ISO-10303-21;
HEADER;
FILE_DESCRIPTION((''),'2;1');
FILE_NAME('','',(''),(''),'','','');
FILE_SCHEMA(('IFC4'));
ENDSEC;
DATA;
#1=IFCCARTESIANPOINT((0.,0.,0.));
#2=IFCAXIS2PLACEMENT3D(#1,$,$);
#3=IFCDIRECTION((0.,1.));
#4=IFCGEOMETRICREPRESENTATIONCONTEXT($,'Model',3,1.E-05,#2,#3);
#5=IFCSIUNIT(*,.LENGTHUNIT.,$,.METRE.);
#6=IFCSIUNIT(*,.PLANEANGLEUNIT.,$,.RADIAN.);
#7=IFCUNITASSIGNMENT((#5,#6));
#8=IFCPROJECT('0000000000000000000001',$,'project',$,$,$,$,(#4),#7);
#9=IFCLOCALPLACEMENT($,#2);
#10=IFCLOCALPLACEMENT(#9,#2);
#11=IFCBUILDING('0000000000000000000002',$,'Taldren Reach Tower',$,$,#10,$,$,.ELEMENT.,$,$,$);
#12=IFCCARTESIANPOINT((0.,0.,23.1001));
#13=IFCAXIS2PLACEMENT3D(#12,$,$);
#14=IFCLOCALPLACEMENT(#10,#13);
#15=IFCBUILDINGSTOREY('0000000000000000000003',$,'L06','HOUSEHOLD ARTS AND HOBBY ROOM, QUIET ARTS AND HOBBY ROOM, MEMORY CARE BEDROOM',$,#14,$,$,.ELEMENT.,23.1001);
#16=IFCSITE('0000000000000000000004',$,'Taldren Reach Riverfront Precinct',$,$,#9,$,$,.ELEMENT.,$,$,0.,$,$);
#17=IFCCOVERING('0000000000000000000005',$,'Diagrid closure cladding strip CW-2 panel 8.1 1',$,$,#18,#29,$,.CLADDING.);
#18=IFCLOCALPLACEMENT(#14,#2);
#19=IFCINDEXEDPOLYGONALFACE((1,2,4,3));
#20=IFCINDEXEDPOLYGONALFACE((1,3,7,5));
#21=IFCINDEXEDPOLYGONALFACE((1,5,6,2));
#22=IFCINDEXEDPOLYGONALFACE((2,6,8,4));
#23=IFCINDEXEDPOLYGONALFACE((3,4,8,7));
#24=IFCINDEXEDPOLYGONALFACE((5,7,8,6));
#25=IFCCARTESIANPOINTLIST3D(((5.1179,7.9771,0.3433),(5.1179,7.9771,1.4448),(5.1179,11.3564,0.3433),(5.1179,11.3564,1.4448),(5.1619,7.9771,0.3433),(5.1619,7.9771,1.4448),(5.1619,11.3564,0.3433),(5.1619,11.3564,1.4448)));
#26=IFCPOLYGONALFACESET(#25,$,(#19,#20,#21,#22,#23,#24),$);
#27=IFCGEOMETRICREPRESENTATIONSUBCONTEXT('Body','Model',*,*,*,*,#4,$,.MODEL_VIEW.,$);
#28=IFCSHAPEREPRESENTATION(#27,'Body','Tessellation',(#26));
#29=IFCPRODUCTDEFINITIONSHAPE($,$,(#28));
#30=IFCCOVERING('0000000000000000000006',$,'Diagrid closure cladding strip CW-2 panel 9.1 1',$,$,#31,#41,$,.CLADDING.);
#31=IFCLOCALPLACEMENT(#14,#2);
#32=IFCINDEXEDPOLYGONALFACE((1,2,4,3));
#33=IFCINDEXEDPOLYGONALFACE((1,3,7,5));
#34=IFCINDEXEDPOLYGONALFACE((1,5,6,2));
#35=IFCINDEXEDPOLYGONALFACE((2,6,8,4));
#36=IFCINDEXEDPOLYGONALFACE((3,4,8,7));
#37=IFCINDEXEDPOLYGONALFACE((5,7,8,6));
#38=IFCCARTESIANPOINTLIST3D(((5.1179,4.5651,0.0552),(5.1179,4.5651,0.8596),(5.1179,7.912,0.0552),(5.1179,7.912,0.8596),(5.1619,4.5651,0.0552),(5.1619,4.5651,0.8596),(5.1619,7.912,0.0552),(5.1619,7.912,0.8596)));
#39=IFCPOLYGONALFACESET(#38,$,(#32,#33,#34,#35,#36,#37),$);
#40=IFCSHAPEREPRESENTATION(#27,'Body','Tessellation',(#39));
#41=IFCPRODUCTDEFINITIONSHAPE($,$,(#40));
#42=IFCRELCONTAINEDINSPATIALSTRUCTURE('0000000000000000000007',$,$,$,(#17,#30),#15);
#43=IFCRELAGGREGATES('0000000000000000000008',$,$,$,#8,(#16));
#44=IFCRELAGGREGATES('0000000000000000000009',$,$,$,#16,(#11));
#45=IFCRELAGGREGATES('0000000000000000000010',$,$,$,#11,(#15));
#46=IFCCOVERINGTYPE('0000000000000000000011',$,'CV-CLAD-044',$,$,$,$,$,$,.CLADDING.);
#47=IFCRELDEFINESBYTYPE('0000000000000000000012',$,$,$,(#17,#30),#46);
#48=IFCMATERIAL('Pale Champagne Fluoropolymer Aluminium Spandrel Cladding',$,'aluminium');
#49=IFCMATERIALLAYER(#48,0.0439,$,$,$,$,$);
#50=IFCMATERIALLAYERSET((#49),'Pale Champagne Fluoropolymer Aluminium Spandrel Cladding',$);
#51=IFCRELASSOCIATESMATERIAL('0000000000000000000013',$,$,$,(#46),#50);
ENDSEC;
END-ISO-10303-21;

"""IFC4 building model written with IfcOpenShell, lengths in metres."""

from ifc_helpers import new_model, si_unit, direction, frame, origin, origin_2d, place, context, subcontext, project, spatial, rectangle, extrude, source, transform, mapped, material, layer, layer_set, type_object, element, save


model = new_model("IFC4")

# Units and contexts
model_context = context("Model", 3, precision=1e-05, world=origin(), true_north=direction((0.0, 1.0)))
body_context = subcontext(model_context, "Body", "Model", "MODEL_VIEW")
ifc_project = project(units=[si_unit("LENGTHUNIT", "METRE"), si_unit("PLANEANGLEUNIT", "RADIAN")], contexts=[model_context])

# Site, building, storey
site_placement = place(None, origin())
site = spatial("IfcSite", under=ifc_project, at=site_placement, Name="Taldren Reach Riverfront Precinct", CompositionType="ELEMENT", RefElevation=0.0)
building_placement = place(site_placement, origin())
building = spatial("IfcBuilding", under=site, at=building_placement, Name="Taldren Reach Tower", CompositionType="ELEMENT")
storey_placement = place(building_placement, frame((0.0, 0.0, 23.1001)))
storey = spatial("IfcBuildingStorey", under=building, at=storey_placement, Name="L06", Description="HOUSEHOLD ARTS AND HOBBY ROOM, QUIET ARTS AND HOBBY ROOM, MEMORY CARE BEDROOM", CompositionType="ELEMENT", Elevation=23.1001)

# Coverings
ifc_material_1 = material(Name="Pale Champagne Fluoropolymer Aluminium Spandrel Cladding", Category="aluminium")
ifc_layer_1 = layer(ifc_material_1, 0.0439)
ifc_layer_set_1 = layer_set([ifc_layer_1], Name="Pale Champagne Fluoropolymer Aluminium Spandrel Cladding")
covering_type = type_object("IfcCoveringType", Name="CV-CLAD-044", PredefinedType="CLADDING", material=ifc_layer_set_1)
shared_shape_1 = source(origin(), body_context, "Body", "SweptSolid", [
    extrude(rectangle(XDim=3.3794, YDim=0.0439, at=origin_2d()), origin(), (0.0, 0.0, 1.0), 1.1016),
])
covering_1_placement = place(storey_placement, frame((5.1399, 9.6667, 0.3433), z_axis=(0.0, 0.0, 1.0), x_axis=(0.0, -1.0, 0.0)))
element("IfcCovering", 1, at=covering_1_placement, inside=storey, type_object=covering_type, Name="Diagrid closure cladding strip CW-2 panel 8.1 1", PredefinedType="CLADDING", context=body_context, shape_type="MappedRepresentation", body=[
    mapped(shared_shape_1, transform((0.0, 0.0, 0.0), scale=1.0)),
])
shared_shape_2 = source(origin(), body_context, "Body", "SweptSolid", [
    extrude(rectangle(XDim=3.3469, YDim=0.0439, at=origin_2d()), origin(), (0.0, 0.0, 1.0), 0.8044),
])
covering_2_placement = place(storey_placement, frame((5.1399, 6.2385, 0.0552), z_axis=(0.0, 0.0, 1.0), x_axis=(0.0, -1.0, 0.0)))
element("IfcCovering", 2, at=covering_2_placement, inside=storey, type_object=covering_type, Name="Diagrid closure cladding strip CW-2 panel 9.1 1", PredefinedType="CLADDING", context=body_context, shape_type="MappedRepresentation", body=[
    mapped(shared_shape_2, transform((0.0, 0.0, 0.0), scale=1.0)),
])

save(model, "model.ifc")
